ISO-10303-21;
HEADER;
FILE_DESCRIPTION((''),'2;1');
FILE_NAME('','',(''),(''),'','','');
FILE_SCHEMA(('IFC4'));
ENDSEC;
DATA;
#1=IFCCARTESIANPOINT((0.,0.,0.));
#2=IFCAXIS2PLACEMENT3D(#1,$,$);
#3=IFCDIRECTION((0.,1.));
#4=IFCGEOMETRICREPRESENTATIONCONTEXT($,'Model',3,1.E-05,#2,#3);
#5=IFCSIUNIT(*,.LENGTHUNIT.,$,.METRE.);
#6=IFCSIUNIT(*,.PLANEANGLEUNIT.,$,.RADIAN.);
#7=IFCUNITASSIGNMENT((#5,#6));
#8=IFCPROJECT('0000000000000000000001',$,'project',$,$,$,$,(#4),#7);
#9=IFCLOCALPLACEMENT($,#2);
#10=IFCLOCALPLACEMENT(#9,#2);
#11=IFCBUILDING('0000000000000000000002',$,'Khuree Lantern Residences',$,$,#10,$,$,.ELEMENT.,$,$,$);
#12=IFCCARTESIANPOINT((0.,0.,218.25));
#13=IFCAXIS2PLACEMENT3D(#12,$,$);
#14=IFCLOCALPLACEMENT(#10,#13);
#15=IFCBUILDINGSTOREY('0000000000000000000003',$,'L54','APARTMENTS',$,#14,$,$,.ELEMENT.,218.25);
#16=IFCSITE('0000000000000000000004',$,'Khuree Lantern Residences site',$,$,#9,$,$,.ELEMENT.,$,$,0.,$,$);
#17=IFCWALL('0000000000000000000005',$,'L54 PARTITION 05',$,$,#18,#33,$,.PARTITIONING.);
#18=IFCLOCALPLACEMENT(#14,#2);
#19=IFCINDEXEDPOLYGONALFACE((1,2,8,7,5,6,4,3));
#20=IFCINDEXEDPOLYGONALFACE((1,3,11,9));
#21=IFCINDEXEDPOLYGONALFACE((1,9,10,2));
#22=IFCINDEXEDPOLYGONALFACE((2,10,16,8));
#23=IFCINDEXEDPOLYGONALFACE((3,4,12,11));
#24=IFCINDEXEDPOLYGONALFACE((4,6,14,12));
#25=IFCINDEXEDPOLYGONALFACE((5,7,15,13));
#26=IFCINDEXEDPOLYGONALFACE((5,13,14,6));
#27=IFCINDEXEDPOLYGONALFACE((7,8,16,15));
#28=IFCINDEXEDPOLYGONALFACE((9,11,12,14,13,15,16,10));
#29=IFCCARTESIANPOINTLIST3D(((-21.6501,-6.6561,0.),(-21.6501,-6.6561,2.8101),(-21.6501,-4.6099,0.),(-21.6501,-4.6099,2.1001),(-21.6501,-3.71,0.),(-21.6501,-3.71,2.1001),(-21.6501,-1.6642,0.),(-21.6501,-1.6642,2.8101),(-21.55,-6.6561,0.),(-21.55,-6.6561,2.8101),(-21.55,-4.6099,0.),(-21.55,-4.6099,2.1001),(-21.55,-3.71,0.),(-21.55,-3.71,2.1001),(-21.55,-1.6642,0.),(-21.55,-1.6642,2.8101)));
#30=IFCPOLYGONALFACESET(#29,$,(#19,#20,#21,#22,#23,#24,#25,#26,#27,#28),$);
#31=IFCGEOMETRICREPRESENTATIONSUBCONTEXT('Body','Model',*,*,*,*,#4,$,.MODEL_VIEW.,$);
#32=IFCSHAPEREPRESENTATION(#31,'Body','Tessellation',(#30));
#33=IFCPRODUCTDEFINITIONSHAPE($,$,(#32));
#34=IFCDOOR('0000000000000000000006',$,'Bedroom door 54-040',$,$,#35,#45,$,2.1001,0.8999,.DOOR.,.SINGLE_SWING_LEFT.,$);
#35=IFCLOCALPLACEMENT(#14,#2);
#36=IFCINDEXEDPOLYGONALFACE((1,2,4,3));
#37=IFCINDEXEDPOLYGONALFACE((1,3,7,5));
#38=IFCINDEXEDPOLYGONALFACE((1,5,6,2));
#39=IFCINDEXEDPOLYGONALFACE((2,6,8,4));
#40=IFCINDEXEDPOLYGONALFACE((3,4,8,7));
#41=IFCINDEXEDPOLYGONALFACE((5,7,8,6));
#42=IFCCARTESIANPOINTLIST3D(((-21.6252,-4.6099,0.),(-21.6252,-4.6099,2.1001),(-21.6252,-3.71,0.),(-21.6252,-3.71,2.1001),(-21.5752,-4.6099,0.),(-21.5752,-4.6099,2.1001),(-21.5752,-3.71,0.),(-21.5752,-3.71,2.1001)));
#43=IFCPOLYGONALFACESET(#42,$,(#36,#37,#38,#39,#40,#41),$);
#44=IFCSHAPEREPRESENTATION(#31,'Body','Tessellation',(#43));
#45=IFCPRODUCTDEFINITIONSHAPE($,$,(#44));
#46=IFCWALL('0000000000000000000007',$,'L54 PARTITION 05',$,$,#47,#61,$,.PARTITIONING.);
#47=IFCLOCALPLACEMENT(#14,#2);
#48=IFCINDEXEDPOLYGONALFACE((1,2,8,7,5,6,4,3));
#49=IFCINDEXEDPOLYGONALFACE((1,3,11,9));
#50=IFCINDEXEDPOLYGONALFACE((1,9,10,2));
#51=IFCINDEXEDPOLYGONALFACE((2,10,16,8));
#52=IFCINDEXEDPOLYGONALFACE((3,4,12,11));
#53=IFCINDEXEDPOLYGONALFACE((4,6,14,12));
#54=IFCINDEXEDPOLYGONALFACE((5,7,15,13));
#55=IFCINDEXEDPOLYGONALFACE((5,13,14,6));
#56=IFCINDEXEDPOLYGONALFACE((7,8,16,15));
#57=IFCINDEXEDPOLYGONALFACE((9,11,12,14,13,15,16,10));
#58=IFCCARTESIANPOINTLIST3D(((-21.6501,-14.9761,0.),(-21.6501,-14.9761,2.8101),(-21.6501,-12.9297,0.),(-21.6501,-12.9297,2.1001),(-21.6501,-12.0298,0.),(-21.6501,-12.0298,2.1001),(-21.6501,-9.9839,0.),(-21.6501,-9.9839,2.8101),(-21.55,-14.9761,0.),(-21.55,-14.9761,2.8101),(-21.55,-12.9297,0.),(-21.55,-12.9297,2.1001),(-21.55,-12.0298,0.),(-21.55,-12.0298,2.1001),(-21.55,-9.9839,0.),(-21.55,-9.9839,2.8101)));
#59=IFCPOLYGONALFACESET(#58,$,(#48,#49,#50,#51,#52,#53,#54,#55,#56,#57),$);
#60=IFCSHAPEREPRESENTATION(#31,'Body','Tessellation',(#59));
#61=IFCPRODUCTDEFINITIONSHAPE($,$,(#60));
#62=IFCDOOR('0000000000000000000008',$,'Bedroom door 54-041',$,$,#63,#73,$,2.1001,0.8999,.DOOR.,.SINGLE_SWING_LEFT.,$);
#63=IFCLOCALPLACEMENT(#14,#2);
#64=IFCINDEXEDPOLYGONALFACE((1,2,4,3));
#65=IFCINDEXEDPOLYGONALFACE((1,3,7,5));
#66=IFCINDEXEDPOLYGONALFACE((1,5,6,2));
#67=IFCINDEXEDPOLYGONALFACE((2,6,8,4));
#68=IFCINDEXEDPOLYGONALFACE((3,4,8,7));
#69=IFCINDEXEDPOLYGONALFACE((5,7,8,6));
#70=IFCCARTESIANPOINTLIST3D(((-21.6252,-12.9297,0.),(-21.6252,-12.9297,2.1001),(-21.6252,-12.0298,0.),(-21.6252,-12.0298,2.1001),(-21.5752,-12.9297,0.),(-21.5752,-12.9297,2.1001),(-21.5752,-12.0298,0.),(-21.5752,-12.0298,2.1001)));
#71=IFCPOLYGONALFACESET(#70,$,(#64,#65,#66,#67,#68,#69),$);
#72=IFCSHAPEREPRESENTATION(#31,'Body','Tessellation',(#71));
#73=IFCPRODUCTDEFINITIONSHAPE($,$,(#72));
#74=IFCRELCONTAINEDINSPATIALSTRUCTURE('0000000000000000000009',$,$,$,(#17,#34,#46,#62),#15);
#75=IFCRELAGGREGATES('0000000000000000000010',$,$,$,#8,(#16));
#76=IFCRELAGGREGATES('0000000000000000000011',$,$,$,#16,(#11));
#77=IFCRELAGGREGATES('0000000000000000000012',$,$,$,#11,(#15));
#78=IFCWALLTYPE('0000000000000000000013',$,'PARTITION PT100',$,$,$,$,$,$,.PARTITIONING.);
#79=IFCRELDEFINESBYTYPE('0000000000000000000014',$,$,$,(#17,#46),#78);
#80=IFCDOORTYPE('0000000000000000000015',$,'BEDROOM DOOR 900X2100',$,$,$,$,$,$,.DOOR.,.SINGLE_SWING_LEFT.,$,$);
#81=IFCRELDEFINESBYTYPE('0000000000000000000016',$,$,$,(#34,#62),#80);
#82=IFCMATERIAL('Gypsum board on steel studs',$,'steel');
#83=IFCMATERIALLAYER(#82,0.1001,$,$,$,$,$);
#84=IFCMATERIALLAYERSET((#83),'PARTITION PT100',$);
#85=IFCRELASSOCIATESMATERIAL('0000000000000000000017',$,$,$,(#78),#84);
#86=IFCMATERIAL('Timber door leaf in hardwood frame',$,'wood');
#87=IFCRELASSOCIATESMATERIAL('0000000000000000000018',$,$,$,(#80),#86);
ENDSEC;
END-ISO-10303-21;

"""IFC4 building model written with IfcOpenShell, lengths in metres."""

from ifc_helpers import new_model, si_unit, direction, frame, frame_2d, origin, place, context, subcontext, project, spatial, rectangle, extrude, material, layer, layer_set, type_object, element, fill, save


model = new_model("IFC4")

# Units and contexts
model_context = context("Model", 3, precision=1e-05, world=origin(), true_north=direction((0.0, 1.0)))
body_context = subcontext(model_context, "Body", "Model", "MODEL_VIEW")
ifc_project = project(units=[si_unit("LENGTHUNIT", "METRE"), si_unit("PLANEANGLEUNIT", "RADIAN")], contexts=[model_context])

# Site, building, storey
site_placement = place(None, origin())
site = spatial("IfcSite", under=ifc_project, at=site_placement, Name="Khuree Lantern Residences site", CompositionType="ELEMENT", RefElevation=0.0)
building_placement = place(site_placement, origin())
building = spatial("IfcBuilding", under=site, at=building_placement, Name="Khuree Lantern Residences", CompositionType="ELEMENT")
storey_placement = place(building_placement, frame((0.0, 0.0, 218.25)))
storey = spatial("IfcBuildingStorey", under=building, at=storey_placement, Name="L54", Description="APARTMENTS", CompositionType="ELEMENT", Elevation=218.25)

# Shared definitions
ifc_material_1 = material(Name="Timber door leaf in hardwood frame", Category="wood")

# Shared definitions
ifc_material_2 = material(Name="Gypsum board on steel studs", Category="steel")
ifc_layer_1 = layer(ifc_material_2, 0.1001)
ifc_layer_set_1 = layer_set([ifc_layer_1], Name="PARTITION PT100")
wall_type_1 = type_object("IfcWallType", Name="PARTITION PT100", PredefinedType="PARTITIONING", material=ifc_layer_set_1)

# Walls, openings, doors
wall_1_placement = place(storey_placement, frame((-21.6001, -1.6641, 0.0), z_axis=(0.0, 0.0, 1.0), x_axis=(0.0, -1.0, 0.0)))
wall_1 = element("IfcWall", 1, at=wall_1_placement, inside=storey, type_object=wall_type_1, Name="L54 PARTITION 05", PredefinedType="PARTITIONING", context=body_context, shape_type="SweptSolid", body=[
    extrude(rectangle(XDim=4.9919, YDim=0.1001, at=frame_2d((2.4961, 0.0))), origin(), (0.0, 0.0, 1.0), 2.8101),
])
opening_1_placement = place(wall_1_placement, frame((2.0459, 0.0, 0.0)))
opening_1 = element("IfcOpeningElement", 2, at=opening_1_placement, cuts=wall_1, PredefinedType="OPENING", context=body_context, shape_type="SweptSolid", body=[
    extrude(rectangle(XDim=0.8999, YDim=2.1001, at=frame_2d((0.45, 1.05))), frame((0.0, 0.0601, 0.0), z_axis=(0.0, -1.0, 0.0), x_axis=(1.0, 0.0, 0.0)), (0.0, 0.0, 1.0), 0.1201),
])
door_type_1 = type_object("IfcDoorType", Name="BEDROOM DOOR 900X2100", OperationType="SINGLE_SWING_LEFT", PredefinedType="DOOR", material=ifc_material_1)
door_1_placement = place(opening_1_placement, origin())
door_1 = element("IfcDoor", 3, at=door_1_placement, inside=storey, type_object=door_type_1, Name="Bedroom door 54-040", OperationType="SINGLE_SWING_LEFT", OverallHeight=2.1001, OverallWidth=0.8999, PredefinedType="DOOR", context=body_context, shape_type="SweptSolid", body=[
    extrude(rectangle(XDim=0.8999, YDim=2.1001, at=frame_2d((0.45, 1.05))), frame((0.0, 0.0249, 0.0), z_axis=(0.0, -1.0, 0.0), x_axis=(1.0, 0.0, 0.0)), (0.0, 0.0, 1.0), 0.05),
])
fill(opening_1, door_1)
wall_2_placement = place(storey_placement, frame((-21.6001, -9.9839, 0.0), z_axis=(0.0, 0.0, 1.0), x_axis=(0.0, -1.0, 0.0)))
wall_2 = element("IfcWall", 4, at=wall_2_placement, inside=storey, type_object=wall_type_1, Name="L54 PARTITION 05", PredefinedType="PARTITIONING", context=body_context, shape_type="SweptSolid", body=[
    extrude(rectangle(XDim=4.9922, YDim=0.1001, at=frame_2d((2.4961, 0.0))), origin(), (0.0, 0.0, 1.0), 2.8101),
])
opening_2_placement = place(wall_2_placement, frame((2.0459, 0.0, 0.0)))
opening_2 = element("IfcOpeningElement", 5, at=opening_2_placement, cuts=wall_2, PredefinedType="OPENING", context=body_context, shape_type="SweptSolid", body=[
    extrude(rectangle(XDim=0.8999, YDim=2.1001, at=frame_2d((0.45, 1.05))), frame((0.0, 0.0601, 0.0), z_axis=(0.0, -1.0, 0.0), x_axis=(1.0, 0.0, 0.0)), (0.0, 0.0, 1.0), 0.1201),
])
door_2_placement = place(opening_2_placement, origin())
door_2 = element("IfcDoor", 6, at=door_2_placement, inside=storey, type_object=door_type_1, Name="Bedroom door 54-041", OperationType="SINGLE_SWING_LEFT", OverallHeight=2.1001, OverallWidth=0.8999, PredefinedType="DOOR", context=body_context, shape_type="SweptSolid", body=[
    extrude(rectangle(XDim=0.8999, YDim=2.1001, at=frame_2d((0.45, 1.05))), frame((0.0, 0.0249, 0.0), z_axis=(0.0, -1.0, 0.0), x_axis=(1.0, 0.0, 0.0)), (0.0, 0.0, 1.0), 0.05),
])
fill(opening_2, door_2)

save(model, "model.ifc")
